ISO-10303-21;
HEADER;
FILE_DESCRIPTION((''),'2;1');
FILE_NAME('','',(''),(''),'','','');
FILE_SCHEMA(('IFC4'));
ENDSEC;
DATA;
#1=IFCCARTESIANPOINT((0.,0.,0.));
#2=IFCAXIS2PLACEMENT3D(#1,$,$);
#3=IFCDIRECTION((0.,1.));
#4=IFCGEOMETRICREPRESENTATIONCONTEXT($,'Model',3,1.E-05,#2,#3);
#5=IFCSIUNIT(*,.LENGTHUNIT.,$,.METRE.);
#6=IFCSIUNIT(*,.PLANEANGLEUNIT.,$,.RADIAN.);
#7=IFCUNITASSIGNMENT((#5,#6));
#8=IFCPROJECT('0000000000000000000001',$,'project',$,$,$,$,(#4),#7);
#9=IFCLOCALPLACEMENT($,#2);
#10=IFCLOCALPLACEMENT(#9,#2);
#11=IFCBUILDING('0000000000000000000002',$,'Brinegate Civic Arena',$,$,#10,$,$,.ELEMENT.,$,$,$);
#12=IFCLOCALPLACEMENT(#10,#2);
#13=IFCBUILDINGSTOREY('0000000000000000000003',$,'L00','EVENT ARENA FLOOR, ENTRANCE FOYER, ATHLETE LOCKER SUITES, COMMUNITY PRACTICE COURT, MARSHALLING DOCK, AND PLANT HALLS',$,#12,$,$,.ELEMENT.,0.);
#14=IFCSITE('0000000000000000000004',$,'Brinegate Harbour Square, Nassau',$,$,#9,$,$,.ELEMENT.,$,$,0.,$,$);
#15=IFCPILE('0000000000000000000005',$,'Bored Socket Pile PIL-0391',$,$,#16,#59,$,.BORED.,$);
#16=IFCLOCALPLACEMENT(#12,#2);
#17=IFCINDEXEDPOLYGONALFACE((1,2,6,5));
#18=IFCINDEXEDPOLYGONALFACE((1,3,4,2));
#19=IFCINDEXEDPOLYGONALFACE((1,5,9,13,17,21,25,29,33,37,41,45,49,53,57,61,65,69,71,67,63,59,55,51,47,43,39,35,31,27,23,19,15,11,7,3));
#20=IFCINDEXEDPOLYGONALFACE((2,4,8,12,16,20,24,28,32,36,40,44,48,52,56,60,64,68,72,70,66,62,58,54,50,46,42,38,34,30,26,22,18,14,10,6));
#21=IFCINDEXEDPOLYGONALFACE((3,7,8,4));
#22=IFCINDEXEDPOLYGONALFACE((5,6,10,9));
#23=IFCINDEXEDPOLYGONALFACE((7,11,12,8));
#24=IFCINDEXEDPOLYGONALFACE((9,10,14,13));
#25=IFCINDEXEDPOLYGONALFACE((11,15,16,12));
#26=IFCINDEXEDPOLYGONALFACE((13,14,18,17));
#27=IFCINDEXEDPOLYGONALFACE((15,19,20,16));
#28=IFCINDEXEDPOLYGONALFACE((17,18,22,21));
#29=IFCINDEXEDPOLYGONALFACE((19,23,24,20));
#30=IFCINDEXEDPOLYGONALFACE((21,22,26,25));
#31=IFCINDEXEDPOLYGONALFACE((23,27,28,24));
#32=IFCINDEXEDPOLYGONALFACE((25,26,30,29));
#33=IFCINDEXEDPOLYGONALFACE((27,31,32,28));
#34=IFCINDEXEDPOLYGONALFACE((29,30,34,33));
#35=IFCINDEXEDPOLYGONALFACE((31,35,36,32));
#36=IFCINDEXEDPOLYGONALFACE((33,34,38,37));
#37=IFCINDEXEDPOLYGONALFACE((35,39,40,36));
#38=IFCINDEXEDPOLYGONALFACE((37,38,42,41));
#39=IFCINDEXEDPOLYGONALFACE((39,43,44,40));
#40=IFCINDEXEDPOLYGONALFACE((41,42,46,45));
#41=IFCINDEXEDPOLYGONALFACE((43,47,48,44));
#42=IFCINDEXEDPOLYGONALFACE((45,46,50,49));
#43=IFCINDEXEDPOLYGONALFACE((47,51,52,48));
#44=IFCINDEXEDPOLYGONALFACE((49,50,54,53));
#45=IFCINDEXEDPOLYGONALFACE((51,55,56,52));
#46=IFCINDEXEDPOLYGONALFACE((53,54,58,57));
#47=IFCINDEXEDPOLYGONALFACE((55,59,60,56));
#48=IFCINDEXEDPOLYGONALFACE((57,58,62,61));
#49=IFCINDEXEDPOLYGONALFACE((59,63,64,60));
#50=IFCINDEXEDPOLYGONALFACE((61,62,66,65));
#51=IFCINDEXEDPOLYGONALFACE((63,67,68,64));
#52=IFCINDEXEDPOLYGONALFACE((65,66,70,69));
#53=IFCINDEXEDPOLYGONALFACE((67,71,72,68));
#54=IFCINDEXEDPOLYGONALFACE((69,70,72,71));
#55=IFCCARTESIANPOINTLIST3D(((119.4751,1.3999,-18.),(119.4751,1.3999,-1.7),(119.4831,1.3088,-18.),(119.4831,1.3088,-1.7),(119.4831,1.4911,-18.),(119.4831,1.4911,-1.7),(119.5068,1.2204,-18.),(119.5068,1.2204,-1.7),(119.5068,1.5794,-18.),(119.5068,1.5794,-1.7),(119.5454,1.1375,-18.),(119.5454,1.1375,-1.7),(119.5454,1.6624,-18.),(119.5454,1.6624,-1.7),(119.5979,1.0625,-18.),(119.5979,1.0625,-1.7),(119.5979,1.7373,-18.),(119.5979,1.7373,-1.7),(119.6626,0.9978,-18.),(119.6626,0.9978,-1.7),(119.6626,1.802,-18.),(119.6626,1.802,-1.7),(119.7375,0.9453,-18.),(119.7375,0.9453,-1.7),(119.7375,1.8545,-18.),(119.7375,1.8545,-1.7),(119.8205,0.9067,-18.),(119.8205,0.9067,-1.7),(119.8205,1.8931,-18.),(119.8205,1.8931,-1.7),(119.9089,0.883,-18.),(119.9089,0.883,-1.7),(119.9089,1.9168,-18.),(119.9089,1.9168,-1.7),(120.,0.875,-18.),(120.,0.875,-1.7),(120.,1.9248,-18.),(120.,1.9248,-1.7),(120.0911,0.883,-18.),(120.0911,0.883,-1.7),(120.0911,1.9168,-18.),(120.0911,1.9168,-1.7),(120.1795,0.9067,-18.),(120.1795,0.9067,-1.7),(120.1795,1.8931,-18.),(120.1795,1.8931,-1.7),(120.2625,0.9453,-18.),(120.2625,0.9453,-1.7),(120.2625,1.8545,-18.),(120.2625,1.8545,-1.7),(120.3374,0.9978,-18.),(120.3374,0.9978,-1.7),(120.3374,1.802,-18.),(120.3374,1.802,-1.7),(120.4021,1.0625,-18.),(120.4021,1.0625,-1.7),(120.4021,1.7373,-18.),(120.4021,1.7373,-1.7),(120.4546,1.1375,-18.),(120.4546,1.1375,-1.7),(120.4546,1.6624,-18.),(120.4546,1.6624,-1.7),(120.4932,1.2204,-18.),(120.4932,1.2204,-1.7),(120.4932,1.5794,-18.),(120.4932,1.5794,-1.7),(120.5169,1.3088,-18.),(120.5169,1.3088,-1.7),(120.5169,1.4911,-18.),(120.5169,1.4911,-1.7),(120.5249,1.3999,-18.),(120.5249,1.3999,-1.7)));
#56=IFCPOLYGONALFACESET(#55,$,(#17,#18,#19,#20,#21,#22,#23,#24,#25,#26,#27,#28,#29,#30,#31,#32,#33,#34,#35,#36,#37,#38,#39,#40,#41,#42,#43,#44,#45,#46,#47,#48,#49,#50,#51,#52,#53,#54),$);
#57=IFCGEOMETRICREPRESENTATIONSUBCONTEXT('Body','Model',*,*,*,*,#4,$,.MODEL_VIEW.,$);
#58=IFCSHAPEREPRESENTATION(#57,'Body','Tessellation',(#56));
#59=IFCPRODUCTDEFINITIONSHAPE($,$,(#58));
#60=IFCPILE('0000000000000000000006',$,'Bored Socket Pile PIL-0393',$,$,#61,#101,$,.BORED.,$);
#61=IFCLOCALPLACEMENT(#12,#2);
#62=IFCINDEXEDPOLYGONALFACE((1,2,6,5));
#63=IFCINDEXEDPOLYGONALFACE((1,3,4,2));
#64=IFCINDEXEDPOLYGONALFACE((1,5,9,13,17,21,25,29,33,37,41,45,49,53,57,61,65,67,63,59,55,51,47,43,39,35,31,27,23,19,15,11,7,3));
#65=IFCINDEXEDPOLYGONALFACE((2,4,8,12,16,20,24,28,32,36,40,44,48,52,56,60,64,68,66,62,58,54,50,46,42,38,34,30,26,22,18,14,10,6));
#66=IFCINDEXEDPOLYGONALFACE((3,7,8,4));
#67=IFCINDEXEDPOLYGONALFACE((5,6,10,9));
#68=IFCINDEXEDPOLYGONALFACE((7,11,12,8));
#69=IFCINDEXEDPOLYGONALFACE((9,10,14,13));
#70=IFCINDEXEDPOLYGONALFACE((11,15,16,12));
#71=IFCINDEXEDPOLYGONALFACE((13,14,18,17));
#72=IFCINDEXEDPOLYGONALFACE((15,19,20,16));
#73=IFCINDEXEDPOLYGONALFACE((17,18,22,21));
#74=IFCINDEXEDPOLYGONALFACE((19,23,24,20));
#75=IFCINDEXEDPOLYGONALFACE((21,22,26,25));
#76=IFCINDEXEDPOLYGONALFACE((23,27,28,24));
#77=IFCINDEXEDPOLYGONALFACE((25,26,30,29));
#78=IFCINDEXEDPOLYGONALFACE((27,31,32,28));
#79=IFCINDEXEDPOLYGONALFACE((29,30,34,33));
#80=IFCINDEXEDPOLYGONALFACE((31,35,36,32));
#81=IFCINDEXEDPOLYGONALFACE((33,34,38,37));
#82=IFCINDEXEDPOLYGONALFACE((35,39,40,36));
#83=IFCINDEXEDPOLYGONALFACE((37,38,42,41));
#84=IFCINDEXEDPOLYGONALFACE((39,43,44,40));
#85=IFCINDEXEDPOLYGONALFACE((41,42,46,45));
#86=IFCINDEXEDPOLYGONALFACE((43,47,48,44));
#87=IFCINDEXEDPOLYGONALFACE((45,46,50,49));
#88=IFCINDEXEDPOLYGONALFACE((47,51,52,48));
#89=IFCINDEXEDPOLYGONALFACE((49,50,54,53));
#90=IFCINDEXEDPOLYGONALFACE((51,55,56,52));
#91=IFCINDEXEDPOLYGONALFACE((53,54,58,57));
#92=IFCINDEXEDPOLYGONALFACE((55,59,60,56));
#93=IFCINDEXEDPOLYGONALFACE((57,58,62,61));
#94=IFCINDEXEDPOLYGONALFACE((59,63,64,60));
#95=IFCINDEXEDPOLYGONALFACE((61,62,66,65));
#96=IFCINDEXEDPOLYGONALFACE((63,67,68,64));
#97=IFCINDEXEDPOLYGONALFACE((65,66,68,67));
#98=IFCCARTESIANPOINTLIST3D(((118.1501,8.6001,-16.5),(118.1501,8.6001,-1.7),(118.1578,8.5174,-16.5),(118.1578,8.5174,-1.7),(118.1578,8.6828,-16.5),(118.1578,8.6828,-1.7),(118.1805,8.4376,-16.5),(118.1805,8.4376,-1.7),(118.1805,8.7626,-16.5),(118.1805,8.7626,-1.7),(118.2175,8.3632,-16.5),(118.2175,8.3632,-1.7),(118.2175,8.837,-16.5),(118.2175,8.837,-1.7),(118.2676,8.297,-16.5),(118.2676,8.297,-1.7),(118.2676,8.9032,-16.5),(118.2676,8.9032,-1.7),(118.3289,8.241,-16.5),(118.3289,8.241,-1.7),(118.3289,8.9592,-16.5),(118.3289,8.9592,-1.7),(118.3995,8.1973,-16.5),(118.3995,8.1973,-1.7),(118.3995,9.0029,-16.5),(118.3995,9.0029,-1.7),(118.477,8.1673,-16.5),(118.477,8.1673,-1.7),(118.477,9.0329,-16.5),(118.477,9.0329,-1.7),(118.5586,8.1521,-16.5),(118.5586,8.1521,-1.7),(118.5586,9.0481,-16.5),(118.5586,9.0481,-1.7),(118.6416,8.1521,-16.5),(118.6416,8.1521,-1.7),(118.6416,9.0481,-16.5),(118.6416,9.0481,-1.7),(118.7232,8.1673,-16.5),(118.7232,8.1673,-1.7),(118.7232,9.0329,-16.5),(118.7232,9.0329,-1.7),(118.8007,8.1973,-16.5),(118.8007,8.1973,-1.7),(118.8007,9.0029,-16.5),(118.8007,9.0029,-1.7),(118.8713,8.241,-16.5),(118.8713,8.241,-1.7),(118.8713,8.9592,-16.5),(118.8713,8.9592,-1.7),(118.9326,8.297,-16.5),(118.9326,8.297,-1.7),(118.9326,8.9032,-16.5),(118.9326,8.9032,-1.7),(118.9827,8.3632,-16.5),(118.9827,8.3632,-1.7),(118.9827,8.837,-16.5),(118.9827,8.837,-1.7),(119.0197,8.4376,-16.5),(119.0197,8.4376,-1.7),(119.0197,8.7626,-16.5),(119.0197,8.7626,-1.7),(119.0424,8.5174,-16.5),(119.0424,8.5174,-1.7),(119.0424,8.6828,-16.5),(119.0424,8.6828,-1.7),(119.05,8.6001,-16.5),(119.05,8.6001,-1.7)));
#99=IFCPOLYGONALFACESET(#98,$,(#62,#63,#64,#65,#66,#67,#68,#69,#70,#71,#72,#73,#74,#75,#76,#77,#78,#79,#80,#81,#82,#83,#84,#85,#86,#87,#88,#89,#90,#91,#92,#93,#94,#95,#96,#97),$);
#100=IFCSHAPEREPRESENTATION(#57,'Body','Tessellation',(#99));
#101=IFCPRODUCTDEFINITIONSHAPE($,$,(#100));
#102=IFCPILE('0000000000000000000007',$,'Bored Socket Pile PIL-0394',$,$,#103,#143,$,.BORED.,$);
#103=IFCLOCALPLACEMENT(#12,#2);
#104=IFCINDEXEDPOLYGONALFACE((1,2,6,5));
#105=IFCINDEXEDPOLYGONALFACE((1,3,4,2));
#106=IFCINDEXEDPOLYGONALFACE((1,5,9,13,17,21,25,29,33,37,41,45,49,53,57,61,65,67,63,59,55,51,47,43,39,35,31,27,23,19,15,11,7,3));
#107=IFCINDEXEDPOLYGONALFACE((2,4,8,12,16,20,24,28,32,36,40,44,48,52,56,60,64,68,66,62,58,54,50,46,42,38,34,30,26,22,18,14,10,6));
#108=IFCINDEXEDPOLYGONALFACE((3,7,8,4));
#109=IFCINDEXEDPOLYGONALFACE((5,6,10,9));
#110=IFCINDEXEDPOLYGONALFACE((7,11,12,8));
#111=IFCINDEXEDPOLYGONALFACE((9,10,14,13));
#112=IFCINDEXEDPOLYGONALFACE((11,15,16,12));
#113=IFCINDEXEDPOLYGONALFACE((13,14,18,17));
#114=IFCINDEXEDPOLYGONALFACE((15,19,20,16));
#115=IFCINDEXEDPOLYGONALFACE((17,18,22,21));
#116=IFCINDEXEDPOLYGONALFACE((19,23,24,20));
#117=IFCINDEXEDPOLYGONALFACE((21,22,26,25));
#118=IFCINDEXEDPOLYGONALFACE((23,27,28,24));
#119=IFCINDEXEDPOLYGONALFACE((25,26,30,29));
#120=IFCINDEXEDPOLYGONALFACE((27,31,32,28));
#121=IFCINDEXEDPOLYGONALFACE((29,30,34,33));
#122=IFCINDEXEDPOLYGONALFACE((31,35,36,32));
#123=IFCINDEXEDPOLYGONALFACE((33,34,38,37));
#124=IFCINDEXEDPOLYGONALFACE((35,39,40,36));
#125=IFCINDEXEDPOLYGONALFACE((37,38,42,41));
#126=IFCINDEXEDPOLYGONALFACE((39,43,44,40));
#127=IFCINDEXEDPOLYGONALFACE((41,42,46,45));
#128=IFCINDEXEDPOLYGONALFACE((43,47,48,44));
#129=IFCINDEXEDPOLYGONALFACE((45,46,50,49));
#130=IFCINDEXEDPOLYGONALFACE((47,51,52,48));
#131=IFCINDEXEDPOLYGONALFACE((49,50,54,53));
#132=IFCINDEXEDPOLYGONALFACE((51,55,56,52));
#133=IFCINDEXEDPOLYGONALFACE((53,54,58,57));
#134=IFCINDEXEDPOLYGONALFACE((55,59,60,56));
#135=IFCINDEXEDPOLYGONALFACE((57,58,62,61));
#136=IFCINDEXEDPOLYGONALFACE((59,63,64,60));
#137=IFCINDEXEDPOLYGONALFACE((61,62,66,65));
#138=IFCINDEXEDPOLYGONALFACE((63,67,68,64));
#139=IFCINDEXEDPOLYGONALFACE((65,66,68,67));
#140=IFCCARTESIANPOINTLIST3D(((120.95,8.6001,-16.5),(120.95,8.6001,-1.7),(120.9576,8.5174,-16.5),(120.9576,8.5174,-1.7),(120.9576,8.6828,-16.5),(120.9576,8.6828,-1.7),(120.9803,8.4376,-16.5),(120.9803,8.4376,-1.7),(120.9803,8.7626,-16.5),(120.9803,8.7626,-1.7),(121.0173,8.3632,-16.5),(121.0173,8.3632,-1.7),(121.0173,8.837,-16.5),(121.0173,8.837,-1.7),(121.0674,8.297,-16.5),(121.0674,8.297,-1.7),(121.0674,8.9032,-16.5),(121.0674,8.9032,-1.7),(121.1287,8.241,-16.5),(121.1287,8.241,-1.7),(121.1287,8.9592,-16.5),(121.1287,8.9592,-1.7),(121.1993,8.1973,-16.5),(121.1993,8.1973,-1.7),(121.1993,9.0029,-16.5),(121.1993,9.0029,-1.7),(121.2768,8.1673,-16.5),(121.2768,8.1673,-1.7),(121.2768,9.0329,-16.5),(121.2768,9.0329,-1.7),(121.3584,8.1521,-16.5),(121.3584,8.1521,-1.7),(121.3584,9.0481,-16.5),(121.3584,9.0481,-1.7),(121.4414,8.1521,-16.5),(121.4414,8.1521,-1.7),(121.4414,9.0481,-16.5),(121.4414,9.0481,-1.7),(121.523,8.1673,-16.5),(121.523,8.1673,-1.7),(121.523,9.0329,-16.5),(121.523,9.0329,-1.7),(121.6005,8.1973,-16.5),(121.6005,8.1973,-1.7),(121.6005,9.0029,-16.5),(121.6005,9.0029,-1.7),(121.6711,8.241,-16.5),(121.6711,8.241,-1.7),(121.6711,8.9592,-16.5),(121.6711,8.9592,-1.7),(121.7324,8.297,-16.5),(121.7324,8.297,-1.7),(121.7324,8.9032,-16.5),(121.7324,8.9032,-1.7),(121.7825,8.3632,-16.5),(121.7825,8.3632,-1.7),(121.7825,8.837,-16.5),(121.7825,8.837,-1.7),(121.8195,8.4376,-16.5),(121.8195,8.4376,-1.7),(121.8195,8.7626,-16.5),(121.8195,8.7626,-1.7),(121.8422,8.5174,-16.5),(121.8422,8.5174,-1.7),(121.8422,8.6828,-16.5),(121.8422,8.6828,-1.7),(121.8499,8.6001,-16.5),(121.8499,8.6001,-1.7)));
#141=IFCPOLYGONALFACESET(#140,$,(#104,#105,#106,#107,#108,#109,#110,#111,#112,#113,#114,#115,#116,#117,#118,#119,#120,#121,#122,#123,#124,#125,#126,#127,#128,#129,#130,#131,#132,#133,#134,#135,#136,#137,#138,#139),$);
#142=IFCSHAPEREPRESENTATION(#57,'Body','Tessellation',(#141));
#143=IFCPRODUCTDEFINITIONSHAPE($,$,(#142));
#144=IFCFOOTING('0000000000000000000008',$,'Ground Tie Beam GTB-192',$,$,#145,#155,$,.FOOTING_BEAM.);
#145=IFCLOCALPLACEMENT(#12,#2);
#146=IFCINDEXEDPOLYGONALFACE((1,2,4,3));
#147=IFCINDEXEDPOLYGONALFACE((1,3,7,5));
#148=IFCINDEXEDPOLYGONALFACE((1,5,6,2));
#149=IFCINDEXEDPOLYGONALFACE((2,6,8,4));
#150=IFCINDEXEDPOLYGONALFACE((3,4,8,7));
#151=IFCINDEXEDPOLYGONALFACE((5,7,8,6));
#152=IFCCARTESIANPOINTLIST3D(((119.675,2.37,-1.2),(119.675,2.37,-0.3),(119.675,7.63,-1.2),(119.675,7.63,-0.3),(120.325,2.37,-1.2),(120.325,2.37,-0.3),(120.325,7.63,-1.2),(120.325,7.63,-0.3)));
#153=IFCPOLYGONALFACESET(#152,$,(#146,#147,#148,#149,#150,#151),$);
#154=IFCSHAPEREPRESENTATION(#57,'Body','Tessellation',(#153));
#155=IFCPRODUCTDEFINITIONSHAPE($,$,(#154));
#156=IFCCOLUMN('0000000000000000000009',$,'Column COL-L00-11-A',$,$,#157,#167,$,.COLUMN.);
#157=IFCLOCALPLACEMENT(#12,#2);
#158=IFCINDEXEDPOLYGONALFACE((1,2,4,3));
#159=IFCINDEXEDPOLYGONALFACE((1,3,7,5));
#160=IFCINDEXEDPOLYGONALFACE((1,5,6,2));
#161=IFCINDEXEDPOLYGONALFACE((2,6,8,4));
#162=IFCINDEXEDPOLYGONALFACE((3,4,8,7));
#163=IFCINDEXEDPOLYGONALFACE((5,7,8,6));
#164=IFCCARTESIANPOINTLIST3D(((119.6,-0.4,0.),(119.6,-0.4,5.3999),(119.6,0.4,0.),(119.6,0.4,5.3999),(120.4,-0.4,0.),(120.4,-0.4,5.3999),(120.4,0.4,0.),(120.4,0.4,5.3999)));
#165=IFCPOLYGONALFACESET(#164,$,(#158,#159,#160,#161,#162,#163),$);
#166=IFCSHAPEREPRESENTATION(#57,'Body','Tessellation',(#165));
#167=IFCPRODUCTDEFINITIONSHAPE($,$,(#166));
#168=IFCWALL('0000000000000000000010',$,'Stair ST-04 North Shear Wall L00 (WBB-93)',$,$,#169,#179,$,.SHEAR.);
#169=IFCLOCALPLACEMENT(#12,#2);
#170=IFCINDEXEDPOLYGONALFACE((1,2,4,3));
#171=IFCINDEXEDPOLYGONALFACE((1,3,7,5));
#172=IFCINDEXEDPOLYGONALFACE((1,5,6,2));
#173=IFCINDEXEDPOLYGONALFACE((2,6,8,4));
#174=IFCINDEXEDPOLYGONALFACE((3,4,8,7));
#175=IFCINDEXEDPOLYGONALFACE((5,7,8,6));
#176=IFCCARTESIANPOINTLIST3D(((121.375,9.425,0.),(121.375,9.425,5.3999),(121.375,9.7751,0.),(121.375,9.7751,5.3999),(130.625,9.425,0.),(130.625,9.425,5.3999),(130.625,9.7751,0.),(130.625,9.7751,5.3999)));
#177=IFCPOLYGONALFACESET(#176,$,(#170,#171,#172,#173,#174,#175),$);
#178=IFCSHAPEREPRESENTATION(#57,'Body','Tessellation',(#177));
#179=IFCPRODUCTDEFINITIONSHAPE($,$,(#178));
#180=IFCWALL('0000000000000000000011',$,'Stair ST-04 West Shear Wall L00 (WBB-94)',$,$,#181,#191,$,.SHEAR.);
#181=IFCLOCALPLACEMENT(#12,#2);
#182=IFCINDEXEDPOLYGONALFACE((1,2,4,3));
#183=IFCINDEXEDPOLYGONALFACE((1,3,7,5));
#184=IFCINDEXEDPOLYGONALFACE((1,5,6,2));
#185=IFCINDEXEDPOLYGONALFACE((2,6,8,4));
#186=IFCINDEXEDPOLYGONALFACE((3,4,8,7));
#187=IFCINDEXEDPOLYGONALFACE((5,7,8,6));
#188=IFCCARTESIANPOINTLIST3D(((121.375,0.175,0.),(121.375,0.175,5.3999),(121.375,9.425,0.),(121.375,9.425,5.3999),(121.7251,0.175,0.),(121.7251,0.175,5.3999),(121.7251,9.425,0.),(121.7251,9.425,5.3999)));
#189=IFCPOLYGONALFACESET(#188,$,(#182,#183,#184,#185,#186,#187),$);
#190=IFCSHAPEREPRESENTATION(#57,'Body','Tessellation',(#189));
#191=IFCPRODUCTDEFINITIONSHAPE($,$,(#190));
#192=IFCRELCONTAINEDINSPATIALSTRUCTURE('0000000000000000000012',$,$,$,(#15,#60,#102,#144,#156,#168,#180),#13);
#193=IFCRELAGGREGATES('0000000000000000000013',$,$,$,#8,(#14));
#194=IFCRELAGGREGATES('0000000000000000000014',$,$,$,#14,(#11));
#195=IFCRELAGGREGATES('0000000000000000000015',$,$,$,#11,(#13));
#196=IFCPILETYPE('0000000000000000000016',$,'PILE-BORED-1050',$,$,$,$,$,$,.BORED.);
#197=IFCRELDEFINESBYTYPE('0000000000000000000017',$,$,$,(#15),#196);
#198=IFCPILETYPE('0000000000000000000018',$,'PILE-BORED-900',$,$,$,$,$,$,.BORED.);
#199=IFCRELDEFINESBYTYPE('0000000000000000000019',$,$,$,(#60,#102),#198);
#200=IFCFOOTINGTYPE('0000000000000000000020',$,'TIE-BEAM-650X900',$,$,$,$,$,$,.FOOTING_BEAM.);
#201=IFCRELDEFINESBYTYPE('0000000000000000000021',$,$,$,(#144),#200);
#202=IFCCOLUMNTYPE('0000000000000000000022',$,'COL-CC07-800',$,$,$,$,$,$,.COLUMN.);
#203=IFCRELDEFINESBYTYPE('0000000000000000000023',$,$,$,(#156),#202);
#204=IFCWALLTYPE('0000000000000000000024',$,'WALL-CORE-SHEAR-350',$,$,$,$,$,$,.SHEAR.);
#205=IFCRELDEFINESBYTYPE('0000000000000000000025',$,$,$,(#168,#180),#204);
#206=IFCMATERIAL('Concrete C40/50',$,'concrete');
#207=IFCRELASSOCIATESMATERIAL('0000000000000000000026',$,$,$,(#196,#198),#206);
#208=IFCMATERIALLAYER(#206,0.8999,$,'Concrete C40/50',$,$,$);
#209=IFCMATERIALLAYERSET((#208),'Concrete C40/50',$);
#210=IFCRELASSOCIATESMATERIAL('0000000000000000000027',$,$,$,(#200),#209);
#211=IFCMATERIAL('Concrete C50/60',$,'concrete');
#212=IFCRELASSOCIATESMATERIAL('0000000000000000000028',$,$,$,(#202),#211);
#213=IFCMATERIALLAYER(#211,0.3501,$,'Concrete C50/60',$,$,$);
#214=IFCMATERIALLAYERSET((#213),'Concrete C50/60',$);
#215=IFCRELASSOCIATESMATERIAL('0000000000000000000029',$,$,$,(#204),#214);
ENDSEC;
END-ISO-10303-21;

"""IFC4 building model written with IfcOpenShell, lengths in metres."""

from ifc_helpers import new_model, si_unit, direction, frame, frame_2d, origin, origin_2d, place, context, subcontext, project, spatial, rectangle, circle, extrude, material, layer, layer_set, material_profile, profile_set, type_object, element, save


model = new_model("IFC4")

# Units and contexts
model_context = context("Model", 3, precision=1e-05, world=origin(), true_north=direction((0.0, 1.0)))
body_context = subcontext(model_context, "Body", "Model", "MODEL_VIEW")
ifc_project = project(units=[si_unit("LENGTHUNIT", "METRE"), si_unit("PLANEANGLEUNIT", "RADIAN")], contexts=[model_context])

# Site, building, storey
site_placement = place(None, origin())
site = spatial("IfcSite", under=ifc_project, at=site_placement, Name="Brinegate Harbour Square, Nassau", CompositionType="ELEMENT", RefElevation=0.0)
building_placement = place(site_placement, origin())
building = spatial("IfcBuilding", under=site, at=building_placement, Name="Brinegate Civic Arena", CompositionType="ELEMENT")
storey_placement = place(building_placement, origin())
storey = spatial("IfcBuildingStorey", under=building, at=storey_placement, Name="L00", Description="EVENT ARENA FLOOR, ENTRANCE FOYER, ATHLETE LOCKER SUITES, COMMUNITY PRACTICE COURT, MARSHALLING DOCK, AND PLANT HALLS", CompositionType="ELEMENT", Elevation=0.0)

# Shared definitions
ifc_material_1 = material(Name="Concrete C40/50", Category="concrete")

# Piles
ifc_material_profile_1 = material_profile(ifc_material_1, circle(Radius=0.5249, at=origin_2d()), Name="PILED1050")
ifc_profile_set_1 = profile_set([ifc_material_profile_1], Name="Concrete C40/50")
pile_type_1 = type_object("IfcPileType", Name="PILE-BORED-1050", PredefinedType="BORED", material=ifc_profile_set_1)
for number, where, z_axis, x_axis, name in (
    (1, (120.0, 1.3999, -1.7), (0.0, 0.0, -1.0), (1.0, 0.0, 0.0), "Bored Socket Pile PIL-0391"),
):
    element("IfcPile", number, at=place(storey_placement, frame(where, z_axis=z_axis, x_axis=x_axis)), inside=storey, type_object=pile_type_1, Name=name, PredefinedType="BORED", context=body_context, shape_type="SweptSolid", body=[
        extrude(circle(Radius=0.5249, at=origin_2d()), origin(), (0.0, 0.0, 1.0), 16.3),
    ])
ifc_material_profile_2 = material_profile(ifc_material_1, circle(Radius=0.45, at=origin_2d()), Name="PILED900")
ifc_profile_set_2 = profile_set([ifc_material_profile_2], Name="Concrete C40/50")
pile_type_2 = type_object("IfcPileType", Name="PILE-BORED-900", PredefinedType="BORED", material=ifc_profile_set_2)
for number, where, z_axis, x_axis, name in (
    (2, (118.6001, 8.6001, -1.7), (0.0, 0.0, -1.0), (1.0, 0.0, 0.0), "Bored Socket Pile PIL-0393"),
    (3, (121.3999, 8.6001, -1.7), (0.0, 0.0, -1.0), (1.0, 0.0, 0.0), "Bored Socket Pile PIL-0394"),
):
    element("IfcPile", number, at=place(storey_placement, frame(where, z_axis=z_axis, x_axis=x_axis)), inside=storey, type_object=pile_type_2, Name=name, PredefinedType="BORED", context=body_context, shape_type="SweptSolid", body=[
        extrude(circle(Radius=0.45, at=origin_2d()), origin(), (0.0, 0.0, 1.0), 14.8),
    ])

# Footing
ifc_layer_1 = layer(ifc_material_1, 0.8999, Name="Concrete C40/50")
ifc_layer_set_1 = layer_set([ifc_layer_1], Name="Concrete C40/50")
footing_type_1 = type_object("IfcFootingType", Name="TIE-BEAM-650X900", PredefinedType="FOOTING_BEAM", material=ifc_layer_set_1)
footing_1_placement = place(storey_placement, frame((120.0, 5.0, -1.2), z_axis=(0.0, 0.0, 1.0), x_axis=(0.0, 1.0, 0.0)))
element("IfcFooting", 4, at=footing_1_placement, inside=storey, type_object=footing_type_1, Name="Ground Tie Beam GTB-192", PredefinedType="FOOTING_BEAM", context=body_context, shape_type="SweptSolid", body=[
    extrude(rectangle(XDim=5.26, YDim=0.6499, at=origin_2d()), origin(), (0.0, 0.0, 1.0), 0.8999),
])

# Column
ifc_material_2 = material(Name="Concrete C50/60", Category="concrete")
ifc_material_profile_3 = material_profile(ifc_material_2, rectangle(XDim=0.8, YDim=0.8, at=origin_2d()), Name="RC800X800")
ifc_profile_set_3 = profile_set([ifc_material_profile_3], Name="Concrete C50/60")
column_type = type_object("IfcColumnType", Name="COL-CC07-800", PredefinedType="COLUMN", material=ifc_profile_set_3)
column_placement = place(storey_placement, frame((120.0, 0.0, 0.0), z_axis=(0.0, 0.0, 1.0), x_axis=(1.0, 0.0, 0.0)))
element("IfcColumn", 5, at=column_placement, inside=storey, type_object=column_type, Name="Column COL-L00-11-A", PredefinedType="COLUMN", context=body_context, shape_type="SweptSolid", body=[
    extrude(rectangle(XDim=0.8, YDim=0.8, at=origin_2d()), origin(), (0.0, 0.0, 1.0), 5.3999),
])

# Walls
ifc_layer_2 = layer(ifc_material_2, 0.3501, Name="Concrete C50/60")
ifc_layer_set_2 = layer_set([ifc_layer_2], Name="Concrete C50/60")
wall_type_1 = type_object("IfcWallType", Name="WALL-CORE-SHEAR-350", PredefinedType="SHEAR", material=ifc_layer_set_2)
for number, where, z_axis, x_axis, name in (
    (6, (121.375, 9.6001, 0.0), (0.0, 0.0, 1.0), (1.0, 0.0, 0.0), "Stair ST-04 North Shear Wall L00 (WBB-93)"),
    (7, (121.55, 0.175, 0.0), (0.0, 0.0, 1.0), (0.0, 1.0, 0.0), "Stair ST-04 West Shear Wall L00 (WBB-94)"),
):
    element("IfcWall", number, at=place(storey_placement, frame(where, z_axis=z_axis, x_axis=x_axis)), inside=storey, type_object=wall_type_1, Name=name, PredefinedType="SHEAR", context=body_context, shape_type="SweptSolid", body=[
        extrude(rectangle(XDim=9.25, YDim=0.3501, at=frame_2d((4.625, 0.0))), origin(), (0.0, 0.0, 1.0), 5.3999),
    ])

save(model, "model.ifc")
